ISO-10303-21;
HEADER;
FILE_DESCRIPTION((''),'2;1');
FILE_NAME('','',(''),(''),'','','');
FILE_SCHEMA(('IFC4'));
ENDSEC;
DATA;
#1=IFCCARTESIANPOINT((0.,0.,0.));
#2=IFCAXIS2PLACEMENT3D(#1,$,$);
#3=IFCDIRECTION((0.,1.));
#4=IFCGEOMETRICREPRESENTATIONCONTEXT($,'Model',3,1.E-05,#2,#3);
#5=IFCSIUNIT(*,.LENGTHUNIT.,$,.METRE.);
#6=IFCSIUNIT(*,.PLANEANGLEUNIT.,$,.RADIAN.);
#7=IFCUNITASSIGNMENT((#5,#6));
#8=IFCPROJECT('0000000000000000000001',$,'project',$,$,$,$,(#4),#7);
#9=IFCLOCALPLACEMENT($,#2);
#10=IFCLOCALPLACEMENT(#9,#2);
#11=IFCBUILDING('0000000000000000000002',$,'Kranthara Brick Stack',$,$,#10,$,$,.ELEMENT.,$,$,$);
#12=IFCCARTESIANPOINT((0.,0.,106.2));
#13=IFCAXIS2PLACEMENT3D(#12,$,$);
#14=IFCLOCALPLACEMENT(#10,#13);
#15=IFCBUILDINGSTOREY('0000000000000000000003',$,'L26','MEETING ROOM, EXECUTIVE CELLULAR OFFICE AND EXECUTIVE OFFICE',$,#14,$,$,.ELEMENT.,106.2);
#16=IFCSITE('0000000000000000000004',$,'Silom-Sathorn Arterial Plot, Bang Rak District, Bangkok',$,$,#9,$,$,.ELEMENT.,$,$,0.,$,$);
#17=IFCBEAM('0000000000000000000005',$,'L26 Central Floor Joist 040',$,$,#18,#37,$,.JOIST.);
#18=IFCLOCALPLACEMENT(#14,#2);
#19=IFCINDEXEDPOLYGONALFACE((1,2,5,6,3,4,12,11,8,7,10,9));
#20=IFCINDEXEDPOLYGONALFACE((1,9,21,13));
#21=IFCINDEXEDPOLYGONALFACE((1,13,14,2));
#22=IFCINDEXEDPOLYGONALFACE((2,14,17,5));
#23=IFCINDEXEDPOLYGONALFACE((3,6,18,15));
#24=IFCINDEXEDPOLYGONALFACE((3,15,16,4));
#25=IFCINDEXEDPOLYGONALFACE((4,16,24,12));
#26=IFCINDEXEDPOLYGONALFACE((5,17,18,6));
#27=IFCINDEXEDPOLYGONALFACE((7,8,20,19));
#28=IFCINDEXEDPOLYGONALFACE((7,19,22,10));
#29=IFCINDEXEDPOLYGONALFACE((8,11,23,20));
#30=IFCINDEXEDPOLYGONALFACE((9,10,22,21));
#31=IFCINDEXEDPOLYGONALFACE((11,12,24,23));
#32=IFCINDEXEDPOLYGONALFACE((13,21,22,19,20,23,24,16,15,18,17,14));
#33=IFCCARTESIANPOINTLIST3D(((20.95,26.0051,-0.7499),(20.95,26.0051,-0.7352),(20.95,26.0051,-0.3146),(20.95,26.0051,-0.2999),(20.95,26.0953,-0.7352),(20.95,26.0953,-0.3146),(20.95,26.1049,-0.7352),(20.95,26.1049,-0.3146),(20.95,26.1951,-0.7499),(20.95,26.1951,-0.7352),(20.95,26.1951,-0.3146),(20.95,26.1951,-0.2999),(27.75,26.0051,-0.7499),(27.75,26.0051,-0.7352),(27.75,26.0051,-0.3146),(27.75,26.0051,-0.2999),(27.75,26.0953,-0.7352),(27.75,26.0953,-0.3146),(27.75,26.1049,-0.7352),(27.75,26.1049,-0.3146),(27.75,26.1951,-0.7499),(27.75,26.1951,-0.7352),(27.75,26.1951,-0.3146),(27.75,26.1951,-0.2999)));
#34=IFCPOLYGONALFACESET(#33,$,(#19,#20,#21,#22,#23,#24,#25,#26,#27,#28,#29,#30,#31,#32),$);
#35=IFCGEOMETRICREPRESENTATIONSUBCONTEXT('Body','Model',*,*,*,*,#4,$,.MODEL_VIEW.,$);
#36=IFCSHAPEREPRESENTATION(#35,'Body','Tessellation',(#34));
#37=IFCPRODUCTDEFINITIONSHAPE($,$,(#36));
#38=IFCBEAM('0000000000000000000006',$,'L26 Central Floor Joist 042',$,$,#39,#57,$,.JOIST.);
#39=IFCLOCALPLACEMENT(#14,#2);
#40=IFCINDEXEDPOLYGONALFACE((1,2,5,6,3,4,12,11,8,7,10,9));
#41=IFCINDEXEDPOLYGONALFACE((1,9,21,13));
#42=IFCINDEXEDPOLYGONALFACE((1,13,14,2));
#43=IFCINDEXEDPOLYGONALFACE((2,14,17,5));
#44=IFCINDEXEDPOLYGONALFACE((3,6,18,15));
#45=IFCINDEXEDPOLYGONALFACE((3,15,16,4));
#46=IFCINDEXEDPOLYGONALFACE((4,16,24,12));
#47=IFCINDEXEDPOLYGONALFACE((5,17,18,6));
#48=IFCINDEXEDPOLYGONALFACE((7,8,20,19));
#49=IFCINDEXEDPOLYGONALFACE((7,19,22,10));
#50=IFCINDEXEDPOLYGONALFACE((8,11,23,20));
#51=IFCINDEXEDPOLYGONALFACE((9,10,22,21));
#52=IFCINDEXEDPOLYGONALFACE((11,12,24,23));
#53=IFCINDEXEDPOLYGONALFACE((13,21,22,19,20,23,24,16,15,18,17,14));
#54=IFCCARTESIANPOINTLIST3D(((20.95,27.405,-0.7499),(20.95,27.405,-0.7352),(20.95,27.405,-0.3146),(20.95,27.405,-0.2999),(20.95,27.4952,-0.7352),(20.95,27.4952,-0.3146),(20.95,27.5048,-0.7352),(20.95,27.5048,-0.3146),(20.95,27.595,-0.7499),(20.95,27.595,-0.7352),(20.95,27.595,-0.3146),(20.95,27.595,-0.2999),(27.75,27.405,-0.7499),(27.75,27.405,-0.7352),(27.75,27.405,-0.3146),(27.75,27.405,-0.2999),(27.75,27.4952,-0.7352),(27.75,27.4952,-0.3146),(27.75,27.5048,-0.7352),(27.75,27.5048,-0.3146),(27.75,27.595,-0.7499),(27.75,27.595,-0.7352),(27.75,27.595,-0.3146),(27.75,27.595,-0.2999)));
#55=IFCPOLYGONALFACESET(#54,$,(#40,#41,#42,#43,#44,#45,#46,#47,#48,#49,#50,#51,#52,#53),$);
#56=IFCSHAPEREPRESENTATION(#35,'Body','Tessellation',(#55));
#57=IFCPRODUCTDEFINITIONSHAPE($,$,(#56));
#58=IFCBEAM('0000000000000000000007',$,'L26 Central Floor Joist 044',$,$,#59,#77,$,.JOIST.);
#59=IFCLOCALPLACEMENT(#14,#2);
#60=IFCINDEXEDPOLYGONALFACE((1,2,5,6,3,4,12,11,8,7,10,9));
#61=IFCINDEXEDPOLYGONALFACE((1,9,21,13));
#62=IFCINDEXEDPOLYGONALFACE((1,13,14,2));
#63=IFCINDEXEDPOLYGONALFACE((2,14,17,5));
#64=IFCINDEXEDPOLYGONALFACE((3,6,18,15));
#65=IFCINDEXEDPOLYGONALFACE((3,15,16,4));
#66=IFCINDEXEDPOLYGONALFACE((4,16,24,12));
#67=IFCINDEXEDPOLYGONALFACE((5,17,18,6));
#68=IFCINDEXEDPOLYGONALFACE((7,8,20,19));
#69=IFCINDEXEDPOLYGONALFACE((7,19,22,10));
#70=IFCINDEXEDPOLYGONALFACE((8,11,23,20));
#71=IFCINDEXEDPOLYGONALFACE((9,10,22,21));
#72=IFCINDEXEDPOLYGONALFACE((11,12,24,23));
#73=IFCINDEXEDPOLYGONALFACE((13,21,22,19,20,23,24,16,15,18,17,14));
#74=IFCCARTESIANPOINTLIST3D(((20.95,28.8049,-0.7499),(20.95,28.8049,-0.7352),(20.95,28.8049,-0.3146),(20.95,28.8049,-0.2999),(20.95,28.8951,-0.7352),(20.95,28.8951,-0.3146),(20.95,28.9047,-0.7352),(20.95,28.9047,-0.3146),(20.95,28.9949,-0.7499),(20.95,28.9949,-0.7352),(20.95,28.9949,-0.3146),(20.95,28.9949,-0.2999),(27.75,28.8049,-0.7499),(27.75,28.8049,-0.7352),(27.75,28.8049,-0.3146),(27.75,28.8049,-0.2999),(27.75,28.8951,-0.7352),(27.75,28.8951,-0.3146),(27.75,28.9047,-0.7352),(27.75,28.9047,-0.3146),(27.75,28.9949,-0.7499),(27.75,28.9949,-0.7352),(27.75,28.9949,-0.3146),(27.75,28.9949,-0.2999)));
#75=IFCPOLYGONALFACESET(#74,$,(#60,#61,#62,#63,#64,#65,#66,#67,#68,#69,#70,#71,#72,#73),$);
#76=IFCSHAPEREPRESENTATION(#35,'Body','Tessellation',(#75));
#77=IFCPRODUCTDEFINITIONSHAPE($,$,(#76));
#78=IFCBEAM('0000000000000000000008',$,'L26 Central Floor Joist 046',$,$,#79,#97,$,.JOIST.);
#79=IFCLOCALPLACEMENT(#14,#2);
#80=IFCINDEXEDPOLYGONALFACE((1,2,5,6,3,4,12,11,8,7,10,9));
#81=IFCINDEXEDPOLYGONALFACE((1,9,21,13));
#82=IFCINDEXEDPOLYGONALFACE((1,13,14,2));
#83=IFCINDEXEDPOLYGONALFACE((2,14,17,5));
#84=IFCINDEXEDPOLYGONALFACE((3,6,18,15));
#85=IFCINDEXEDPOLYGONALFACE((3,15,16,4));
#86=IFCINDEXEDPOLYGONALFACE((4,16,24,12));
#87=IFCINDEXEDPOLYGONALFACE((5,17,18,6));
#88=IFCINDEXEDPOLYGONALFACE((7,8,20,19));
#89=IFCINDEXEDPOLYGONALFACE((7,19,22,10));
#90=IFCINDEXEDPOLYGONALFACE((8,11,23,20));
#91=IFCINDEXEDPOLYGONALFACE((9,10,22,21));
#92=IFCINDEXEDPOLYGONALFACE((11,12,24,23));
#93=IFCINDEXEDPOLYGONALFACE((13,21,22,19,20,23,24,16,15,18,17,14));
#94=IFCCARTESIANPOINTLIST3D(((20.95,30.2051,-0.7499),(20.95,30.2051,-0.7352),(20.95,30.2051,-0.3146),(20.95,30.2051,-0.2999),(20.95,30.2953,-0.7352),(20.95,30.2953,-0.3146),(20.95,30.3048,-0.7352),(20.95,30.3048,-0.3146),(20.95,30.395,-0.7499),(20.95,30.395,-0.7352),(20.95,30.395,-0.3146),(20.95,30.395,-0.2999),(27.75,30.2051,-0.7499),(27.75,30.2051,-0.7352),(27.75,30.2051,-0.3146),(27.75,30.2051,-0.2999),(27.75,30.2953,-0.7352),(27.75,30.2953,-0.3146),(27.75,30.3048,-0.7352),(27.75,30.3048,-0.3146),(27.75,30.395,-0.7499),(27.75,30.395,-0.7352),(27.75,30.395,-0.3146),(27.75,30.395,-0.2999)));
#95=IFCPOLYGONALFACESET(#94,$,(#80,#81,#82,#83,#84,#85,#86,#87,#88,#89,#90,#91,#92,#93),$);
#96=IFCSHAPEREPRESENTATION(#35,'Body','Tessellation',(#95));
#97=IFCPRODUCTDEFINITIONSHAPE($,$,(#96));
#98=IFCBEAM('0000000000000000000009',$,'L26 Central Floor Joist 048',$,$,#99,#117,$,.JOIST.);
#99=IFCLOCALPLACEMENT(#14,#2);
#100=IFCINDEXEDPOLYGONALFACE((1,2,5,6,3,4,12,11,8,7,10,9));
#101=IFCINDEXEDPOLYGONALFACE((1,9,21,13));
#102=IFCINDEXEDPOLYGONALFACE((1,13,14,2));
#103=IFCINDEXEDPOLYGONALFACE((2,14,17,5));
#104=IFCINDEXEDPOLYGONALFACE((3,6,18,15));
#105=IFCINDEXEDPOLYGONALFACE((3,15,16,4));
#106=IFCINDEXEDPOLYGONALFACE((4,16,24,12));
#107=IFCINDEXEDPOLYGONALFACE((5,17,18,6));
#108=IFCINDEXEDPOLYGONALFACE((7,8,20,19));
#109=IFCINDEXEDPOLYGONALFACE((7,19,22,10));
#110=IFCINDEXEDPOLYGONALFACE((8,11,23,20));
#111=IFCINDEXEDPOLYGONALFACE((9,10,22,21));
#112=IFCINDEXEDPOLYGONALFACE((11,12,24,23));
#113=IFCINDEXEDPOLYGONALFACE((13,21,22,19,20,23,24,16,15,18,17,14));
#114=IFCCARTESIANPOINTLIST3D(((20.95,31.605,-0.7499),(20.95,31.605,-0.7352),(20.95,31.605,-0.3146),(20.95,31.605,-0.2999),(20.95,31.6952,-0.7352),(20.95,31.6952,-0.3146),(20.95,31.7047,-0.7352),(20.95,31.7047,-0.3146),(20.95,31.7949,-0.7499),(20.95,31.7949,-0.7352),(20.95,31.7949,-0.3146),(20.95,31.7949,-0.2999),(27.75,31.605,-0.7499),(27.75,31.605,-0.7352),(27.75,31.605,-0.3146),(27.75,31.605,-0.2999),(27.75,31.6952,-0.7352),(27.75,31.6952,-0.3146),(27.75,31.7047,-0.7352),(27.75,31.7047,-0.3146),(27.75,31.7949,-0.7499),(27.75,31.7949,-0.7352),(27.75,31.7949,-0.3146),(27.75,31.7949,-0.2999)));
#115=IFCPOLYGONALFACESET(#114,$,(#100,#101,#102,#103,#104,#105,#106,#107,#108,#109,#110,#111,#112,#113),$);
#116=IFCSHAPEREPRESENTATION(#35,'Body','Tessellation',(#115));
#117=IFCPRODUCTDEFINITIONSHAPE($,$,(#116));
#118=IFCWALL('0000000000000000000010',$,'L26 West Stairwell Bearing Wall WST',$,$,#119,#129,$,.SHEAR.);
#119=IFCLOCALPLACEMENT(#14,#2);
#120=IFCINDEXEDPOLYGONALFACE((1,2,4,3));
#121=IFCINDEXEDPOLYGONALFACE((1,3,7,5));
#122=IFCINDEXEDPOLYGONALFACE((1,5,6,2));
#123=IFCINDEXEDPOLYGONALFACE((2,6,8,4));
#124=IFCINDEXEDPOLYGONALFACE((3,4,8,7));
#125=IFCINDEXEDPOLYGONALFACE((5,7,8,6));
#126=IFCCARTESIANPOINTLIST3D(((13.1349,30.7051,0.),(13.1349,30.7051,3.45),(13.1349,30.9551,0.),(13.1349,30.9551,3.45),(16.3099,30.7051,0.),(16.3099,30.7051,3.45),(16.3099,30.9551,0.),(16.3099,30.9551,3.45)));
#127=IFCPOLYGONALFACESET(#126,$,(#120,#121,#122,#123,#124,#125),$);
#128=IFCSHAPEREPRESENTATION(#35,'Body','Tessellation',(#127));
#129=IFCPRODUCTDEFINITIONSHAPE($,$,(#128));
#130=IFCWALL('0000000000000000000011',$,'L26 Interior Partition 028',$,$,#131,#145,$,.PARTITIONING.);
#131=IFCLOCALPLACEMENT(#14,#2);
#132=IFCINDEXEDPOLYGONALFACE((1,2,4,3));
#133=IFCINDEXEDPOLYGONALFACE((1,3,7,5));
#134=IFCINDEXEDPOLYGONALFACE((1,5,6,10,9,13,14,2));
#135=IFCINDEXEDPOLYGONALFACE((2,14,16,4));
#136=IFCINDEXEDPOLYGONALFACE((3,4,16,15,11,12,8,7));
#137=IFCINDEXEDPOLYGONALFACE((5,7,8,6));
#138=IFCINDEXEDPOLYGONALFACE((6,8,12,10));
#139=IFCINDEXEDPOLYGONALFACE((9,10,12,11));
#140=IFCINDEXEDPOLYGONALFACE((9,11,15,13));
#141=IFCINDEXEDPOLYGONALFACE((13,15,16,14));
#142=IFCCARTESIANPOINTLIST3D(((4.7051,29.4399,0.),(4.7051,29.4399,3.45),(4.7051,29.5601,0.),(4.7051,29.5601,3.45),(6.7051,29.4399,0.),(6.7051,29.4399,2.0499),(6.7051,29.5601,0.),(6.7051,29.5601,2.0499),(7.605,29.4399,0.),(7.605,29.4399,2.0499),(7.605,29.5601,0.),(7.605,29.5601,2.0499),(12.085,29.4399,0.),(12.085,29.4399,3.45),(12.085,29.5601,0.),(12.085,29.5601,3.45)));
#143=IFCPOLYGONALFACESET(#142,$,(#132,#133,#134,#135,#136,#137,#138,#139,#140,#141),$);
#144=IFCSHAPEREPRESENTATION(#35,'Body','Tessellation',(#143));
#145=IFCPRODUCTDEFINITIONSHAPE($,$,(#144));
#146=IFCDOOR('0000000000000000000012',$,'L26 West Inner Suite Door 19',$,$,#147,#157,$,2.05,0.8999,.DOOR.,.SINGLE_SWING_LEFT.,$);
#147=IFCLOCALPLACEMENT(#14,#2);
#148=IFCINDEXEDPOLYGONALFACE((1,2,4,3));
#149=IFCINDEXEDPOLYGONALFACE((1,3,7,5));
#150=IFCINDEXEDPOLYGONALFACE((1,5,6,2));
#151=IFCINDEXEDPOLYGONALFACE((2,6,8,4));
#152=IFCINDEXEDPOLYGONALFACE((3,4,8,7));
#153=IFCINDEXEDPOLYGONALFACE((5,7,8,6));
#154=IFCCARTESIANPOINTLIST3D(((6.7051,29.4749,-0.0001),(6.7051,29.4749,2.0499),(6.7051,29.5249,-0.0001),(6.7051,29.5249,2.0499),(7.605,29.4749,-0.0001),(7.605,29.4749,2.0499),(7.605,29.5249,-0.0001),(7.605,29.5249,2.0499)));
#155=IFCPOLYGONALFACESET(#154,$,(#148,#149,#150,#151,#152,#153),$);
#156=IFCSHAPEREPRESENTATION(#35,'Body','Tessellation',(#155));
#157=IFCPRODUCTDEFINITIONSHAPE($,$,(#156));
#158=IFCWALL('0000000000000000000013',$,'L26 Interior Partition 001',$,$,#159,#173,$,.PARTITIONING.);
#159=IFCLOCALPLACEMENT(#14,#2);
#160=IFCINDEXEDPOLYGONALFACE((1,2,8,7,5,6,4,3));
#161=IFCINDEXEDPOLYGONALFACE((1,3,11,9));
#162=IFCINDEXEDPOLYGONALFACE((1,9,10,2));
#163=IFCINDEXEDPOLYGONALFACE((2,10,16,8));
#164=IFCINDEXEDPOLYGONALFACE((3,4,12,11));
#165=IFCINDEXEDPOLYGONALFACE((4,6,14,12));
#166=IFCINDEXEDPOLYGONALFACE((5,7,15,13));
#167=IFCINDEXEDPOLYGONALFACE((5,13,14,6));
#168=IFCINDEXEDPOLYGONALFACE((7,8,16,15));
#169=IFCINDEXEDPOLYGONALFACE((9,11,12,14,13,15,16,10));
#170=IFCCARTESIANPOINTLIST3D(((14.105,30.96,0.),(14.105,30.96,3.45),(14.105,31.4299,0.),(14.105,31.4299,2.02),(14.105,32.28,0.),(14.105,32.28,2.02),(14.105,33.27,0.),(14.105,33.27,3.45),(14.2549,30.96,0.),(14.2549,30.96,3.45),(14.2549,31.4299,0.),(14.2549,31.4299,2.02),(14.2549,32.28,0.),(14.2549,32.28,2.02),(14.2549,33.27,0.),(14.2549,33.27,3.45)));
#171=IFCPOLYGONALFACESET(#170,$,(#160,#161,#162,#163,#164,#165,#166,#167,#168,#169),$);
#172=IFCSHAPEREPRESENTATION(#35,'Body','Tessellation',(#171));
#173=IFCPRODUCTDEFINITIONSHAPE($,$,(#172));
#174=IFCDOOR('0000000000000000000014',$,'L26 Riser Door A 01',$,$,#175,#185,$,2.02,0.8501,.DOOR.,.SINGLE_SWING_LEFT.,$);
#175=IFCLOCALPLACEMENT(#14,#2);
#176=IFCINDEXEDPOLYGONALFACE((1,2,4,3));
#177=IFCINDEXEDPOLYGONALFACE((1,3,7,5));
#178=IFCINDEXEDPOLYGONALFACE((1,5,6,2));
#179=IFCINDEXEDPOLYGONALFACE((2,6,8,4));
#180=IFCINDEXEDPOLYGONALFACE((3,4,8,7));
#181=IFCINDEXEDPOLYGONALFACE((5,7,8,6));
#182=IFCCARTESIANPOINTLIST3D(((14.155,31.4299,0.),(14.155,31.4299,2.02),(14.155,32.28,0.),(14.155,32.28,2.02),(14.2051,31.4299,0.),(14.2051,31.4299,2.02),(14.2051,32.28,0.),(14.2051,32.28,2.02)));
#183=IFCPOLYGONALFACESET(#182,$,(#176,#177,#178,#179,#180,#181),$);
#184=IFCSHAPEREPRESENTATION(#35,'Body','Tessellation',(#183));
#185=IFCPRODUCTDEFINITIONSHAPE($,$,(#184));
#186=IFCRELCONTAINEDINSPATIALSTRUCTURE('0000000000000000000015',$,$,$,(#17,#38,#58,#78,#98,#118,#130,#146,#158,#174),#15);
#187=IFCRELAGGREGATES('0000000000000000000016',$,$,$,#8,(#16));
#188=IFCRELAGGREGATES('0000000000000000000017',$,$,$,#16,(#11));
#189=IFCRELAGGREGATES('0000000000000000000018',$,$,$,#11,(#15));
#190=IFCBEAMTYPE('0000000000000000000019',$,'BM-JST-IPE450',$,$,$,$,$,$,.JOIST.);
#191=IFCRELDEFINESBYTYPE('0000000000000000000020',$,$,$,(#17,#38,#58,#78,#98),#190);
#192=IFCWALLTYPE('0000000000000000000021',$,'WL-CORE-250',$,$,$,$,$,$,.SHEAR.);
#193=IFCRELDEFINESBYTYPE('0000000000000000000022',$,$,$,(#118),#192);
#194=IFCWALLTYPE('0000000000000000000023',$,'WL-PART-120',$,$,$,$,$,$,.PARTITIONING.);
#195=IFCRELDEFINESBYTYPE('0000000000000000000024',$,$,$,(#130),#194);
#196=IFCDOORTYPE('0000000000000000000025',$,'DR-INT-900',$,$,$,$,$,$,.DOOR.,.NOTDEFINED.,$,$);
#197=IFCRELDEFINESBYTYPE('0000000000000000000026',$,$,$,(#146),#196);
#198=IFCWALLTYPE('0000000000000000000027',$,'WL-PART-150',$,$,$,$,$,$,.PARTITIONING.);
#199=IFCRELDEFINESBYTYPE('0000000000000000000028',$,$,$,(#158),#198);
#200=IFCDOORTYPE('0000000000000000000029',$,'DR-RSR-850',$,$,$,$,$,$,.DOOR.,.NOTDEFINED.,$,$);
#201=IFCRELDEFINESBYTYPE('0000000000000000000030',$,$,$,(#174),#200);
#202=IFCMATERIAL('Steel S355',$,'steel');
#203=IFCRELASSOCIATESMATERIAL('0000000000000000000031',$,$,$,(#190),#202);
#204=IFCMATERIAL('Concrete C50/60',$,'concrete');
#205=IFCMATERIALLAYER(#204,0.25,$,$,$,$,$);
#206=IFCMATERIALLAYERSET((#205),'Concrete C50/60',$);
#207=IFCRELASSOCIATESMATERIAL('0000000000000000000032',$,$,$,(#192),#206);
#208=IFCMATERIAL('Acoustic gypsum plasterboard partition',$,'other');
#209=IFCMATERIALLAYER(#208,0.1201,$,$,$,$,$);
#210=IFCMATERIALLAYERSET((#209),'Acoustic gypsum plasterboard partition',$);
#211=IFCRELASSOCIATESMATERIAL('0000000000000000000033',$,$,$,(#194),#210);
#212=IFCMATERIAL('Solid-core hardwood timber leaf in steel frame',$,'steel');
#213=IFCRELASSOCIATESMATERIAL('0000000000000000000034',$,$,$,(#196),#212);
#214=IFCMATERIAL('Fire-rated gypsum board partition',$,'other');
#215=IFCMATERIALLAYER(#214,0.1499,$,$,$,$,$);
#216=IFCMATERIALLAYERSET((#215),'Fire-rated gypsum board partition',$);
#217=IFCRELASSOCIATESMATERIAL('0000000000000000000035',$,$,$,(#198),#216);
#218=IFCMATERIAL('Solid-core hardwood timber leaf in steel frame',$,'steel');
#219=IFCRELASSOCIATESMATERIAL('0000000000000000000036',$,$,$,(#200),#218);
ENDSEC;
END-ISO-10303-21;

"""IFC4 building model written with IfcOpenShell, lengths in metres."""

from ifc_helpers import new_model, si_unit, direction, frame, frame_2d, origin, origin_2d, place, context, subcontext, project, spatial, rectangle, i_section, extrude, material, layer, layer_set, material_profile, profile_set, type_object, element, fill, save


model = new_model("IFC4")

# Units and contexts
model_context = context("Model", 3, precision=1e-05, world=origin(), true_north=direction((0.0, 1.0)))
body_context = subcontext(model_context, "Body", "Model", "MODEL_VIEW")
ifc_project = project(units=[si_unit("LENGTHUNIT", "METRE"), si_unit("PLANEANGLEUNIT", "RADIAN")], contexts=[model_context])

# Site, building, storey
site_placement = place(None, origin())
site = spatial("IfcSite", under=ifc_project, at=site_placement, Name="Silom-Sathorn Arterial Plot, Bang Rak District, Bangkok", CompositionType="ELEMENT", RefElevation=0.0)
building_placement = place(site_placement, origin())
building = spatial("IfcBuilding", under=site, at=building_placement, Name="Kranthara Brick Stack", CompositionType="ELEMENT")
storey_placement = place(building_placement, frame((0.0, 0.0, 106.2)))
storey = spatial("IfcBuildingStorey", under=building, at=storey_placement, Name="L26", Description="MEETING ROOM, EXECUTIVE CELLULAR OFFICE AND EXECUTIVE OFFICE", CompositionType="ELEMENT", Elevation=106.2)

# Beams
ifc_material_1 = material(Name="Steel S355", Category="steel")
ifc_material_profile = material_profile(ifc_material_1, i_section(OverallWidth=0.1899, OverallDepth=0.45, WebThickness=0.0095, FlangeThickness=0.0146, at=origin_2d()), Name="IPE 450")
ifc_profile_set = profile_set([ifc_material_profile], Name="Steel S355")
beam_type = type_object("IfcBeamType", Name="BM-JST-IPE450", PredefinedType="JOIST", material=ifc_profile_set)
for number, where, z_axis, x_axis, name in (
    (1, (20.95, 26.1001, -0.5249), (1.0, 0.0, 0.0), (0.0, 1.0, 0.0), "L26 Central Floor Joist 040"),
    (2, (20.95, 27.5, -0.5249), (1.0, 0.0, 0.0), (0.0, 1.0, 0.0), "L26 Central Floor Joist 042"),
    (3, (20.95, 28.8999, -0.5249), (1.0, 0.0, 0.0), (0.0, 1.0, 0.0), "L26 Central Floor Joist 044"),
    (4, (20.95, 30.3, -0.5249), (1.0, 0.0, 0.0), (0.0, 1.0, 0.0), "L26 Central Floor Joist 046"),
    (5, (20.95, 31.7, -0.5249), (1.0, 0.0, 0.0), (0.0, 1.0, 0.0), "L26 Central Floor Joist 048"),
):
    element("IfcBeam", number, at=place(storey_placement, frame(where, z_axis=z_axis, x_axis=x_axis)), inside=storey, type_object=beam_type, Name=name, PredefinedType="JOIST", context=body_context, shape_type="SweptSolid", body=[
        extrude(i_section(OverallWidth=0.1899, OverallDepth=0.45, WebThickness=0.0095, FlangeThickness=0.0146, at=origin_2d()), origin(), (0.0, 0.0, 1.0), 6.8),
    ])

# Wall
ifc_material_2 = material(Name="Concrete C50/60", Category="concrete")
ifc_layer_1 = layer(ifc_material_2, 0.25)
ifc_layer_set_1 = layer_set([ifc_layer_1], Name="Concrete C50/60")
wall_type_1 = type_object("IfcWallType", Name="WL-CORE-250", PredefinedType="SHEAR", material=ifc_layer_set_1)
wall_1_placement = place(storey_placement, frame((13.135, 30.8301, 0.0), z_axis=(0.0, 0.0, 1.0), x_axis=(1.0, 0.0, 0.0)))
element("IfcWall", 6, at=wall_1_placement, inside=storey, type_object=wall_type_1, Name="L26 West Stairwell Bearing Wall WST", PredefinedType="SHEAR", context=body_context, shape_type="SweptSolid", body=[
    extrude(rectangle(XDim=3.175, YDim=0.25, at=frame_2d((1.5874, 0.0))), origin(), (0.0, 0.0, 1.0), 3.45),
])

# Walls, openings, doors
ifc_material_3 = material(Name="Acoustic gypsum plasterboard partition", Category="other")
ifc_layer_2 = layer(ifc_material_3, 0.1201)
ifc_layer_set_2 = layer_set([ifc_layer_2], Name="Acoustic gypsum plasterboard partition")
wall_type_2 = type_object("IfcWallType", Name="WL-PART-120", PredefinedType="PARTITIONING", material=ifc_layer_set_2)
wall_2_placement = place(storey_placement, frame((4.7051, 29.5, 0.0), z_axis=(0.0, 0.0, 1.0), x_axis=(1.0, 0.0, 0.0)))
wall_2 = element("IfcWall", 7, at=wall_2_placement, inside=storey, type_object=wall_type_2, Name="L26 Interior Partition 028", PredefinedType="PARTITIONING", context=body_context, shape_type="SweptSolid", body=[
    extrude(rectangle(XDim=7.3799, YDim=0.1201, at=frame_2d((3.6899, 0.0))), origin(), (0.0, 0.0, 1.0), 3.45),
])
opening_1_placement = place(wall_2_placement, frame((2.0, 0.0, 0.0)))
opening_1 = element("IfcOpeningElement", 8, at=opening_1_placement, cuts=wall_2, PredefinedType="OPENING", context=body_context, shape_type="SweptSolid", body=[
    extrude(rectangle(XDim=0.8999, YDim=2.05, at=frame_2d((0.45, 1.0249))), frame((0.0, 0.0701, 0.0), z_axis=(0.0, -1.0, 0.0), x_axis=(1.0, 0.0, 0.0)), (0.0, 0.0, 1.0), 0.1401),
])
ifc_material_4 = material(Name="Solid-core hardwood timber leaf in steel frame", Category="steel")
door_type_1 = type_object("IfcDoorType", Name="DR-INT-900", OperationType="NOTDEFINED", PredefinedType="DOOR", material=ifc_material_4)
door_1_placement = place(opening_1_placement, origin())
door_1 = element("IfcDoor", 9, at=door_1_placement, inside=storey, type_object=door_type_1, Name="L26 West Inner Suite Door 19", OperationType="SINGLE_SWING_LEFT", OverallHeight=2.05, OverallWidth=0.8999, PredefinedType="DOOR", context=body_context, shape_type="SweptSolid", body=[
    extrude(rectangle(XDim=0.8999, YDim=2.05, at=frame_2d((0.45, 1.0249))), frame((0.0, 0.0249, 0.0), z_axis=(0.0, -1.0, 0.0), x_axis=(1.0, 0.0, 0.0)), (0.0, 0.0, 1.0), 0.05),
])
fill(opening_1, door_1)
ifc_material_5 = material(Name="Fire-rated gypsum board partition", Category="other")
ifc_layer_3 = layer(ifc_material_5, 0.1499)
ifc_layer_set_3 = layer_set([ifc_layer_3], Name="Fire-rated gypsum board partition")
wall_type_3 = type_object("IfcWallType", Name="WL-PART-150", PredefinedType="PARTITIONING", material=ifc_layer_set_3)
wall_3_placement = place(storey_placement, frame((14.1799, 30.96, 0.0), z_axis=(0.0, 0.0, 1.0), x_axis=(0.0, 1.0, 0.0)))
wall_3 = element("IfcWall", 10, at=wall_3_placement, inside=storey, type_object=wall_type_3, Name="L26 Interior Partition 001", PredefinedType="PARTITIONING", context=body_context, shape_type="SweptSolid", body=[
    extrude(rectangle(XDim=2.3101, YDim=0.1499, at=frame_2d((1.155, 0.0))), origin(), (0.0, 0.0, 1.0), 3.45),
])
opening_2_placement = place(wall_3_placement, frame((0.47, 0.0, 0.0)))
opening_2 = element("IfcOpeningElement", 11, at=opening_2_placement, cuts=wall_3, PredefinedType="OPENING", context=body_context, shape_type="SweptSolid", body=[
    extrude(rectangle(XDim=0.8501, YDim=2.02, at=frame_2d((0.425, 1.01))), frame((0.0, 0.085, 0.0), z_axis=(0.0, -1.0, 0.0), x_axis=(1.0, 0.0, 0.0)), (0.0, 0.0, 1.0), 0.1699),
])
ifc_material_6 = material(Name="Solid-core hardwood timber leaf in steel frame", Category="steel")
door_type_2 = type_object("IfcDoorType", Name="DR-RSR-850", OperationType="NOTDEFINED", PredefinedType="DOOR", material=ifc_material_6)
door_2_placement = place(opening_2_placement, origin())
door_2 = element("IfcDoor", 12, at=door_2_placement, inside=storey, type_object=door_type_2, Name="L26 Riser Door A 01", OperationType="SINGLE_SWING_LEFT", OverallHeight=2.02, OverallWidth=0.8501, PredefinedType="DOOR", context=body_context, shape_type="SweptSolid", body=[
    extrude(rectangle(XDim=0.8501, YDim=2.02, at=frame_2d((0.425, 1.01))), frame((0.0, 0.0249, 0.0), z_axis=(0.0, -1.0, 0.0), x_axis=(1.0, 0.0, 0.0)), (0.0, 0.0, 1.0), 0.05),
])
fill(opening_2, door_2)

save(model, "model.ifc")
